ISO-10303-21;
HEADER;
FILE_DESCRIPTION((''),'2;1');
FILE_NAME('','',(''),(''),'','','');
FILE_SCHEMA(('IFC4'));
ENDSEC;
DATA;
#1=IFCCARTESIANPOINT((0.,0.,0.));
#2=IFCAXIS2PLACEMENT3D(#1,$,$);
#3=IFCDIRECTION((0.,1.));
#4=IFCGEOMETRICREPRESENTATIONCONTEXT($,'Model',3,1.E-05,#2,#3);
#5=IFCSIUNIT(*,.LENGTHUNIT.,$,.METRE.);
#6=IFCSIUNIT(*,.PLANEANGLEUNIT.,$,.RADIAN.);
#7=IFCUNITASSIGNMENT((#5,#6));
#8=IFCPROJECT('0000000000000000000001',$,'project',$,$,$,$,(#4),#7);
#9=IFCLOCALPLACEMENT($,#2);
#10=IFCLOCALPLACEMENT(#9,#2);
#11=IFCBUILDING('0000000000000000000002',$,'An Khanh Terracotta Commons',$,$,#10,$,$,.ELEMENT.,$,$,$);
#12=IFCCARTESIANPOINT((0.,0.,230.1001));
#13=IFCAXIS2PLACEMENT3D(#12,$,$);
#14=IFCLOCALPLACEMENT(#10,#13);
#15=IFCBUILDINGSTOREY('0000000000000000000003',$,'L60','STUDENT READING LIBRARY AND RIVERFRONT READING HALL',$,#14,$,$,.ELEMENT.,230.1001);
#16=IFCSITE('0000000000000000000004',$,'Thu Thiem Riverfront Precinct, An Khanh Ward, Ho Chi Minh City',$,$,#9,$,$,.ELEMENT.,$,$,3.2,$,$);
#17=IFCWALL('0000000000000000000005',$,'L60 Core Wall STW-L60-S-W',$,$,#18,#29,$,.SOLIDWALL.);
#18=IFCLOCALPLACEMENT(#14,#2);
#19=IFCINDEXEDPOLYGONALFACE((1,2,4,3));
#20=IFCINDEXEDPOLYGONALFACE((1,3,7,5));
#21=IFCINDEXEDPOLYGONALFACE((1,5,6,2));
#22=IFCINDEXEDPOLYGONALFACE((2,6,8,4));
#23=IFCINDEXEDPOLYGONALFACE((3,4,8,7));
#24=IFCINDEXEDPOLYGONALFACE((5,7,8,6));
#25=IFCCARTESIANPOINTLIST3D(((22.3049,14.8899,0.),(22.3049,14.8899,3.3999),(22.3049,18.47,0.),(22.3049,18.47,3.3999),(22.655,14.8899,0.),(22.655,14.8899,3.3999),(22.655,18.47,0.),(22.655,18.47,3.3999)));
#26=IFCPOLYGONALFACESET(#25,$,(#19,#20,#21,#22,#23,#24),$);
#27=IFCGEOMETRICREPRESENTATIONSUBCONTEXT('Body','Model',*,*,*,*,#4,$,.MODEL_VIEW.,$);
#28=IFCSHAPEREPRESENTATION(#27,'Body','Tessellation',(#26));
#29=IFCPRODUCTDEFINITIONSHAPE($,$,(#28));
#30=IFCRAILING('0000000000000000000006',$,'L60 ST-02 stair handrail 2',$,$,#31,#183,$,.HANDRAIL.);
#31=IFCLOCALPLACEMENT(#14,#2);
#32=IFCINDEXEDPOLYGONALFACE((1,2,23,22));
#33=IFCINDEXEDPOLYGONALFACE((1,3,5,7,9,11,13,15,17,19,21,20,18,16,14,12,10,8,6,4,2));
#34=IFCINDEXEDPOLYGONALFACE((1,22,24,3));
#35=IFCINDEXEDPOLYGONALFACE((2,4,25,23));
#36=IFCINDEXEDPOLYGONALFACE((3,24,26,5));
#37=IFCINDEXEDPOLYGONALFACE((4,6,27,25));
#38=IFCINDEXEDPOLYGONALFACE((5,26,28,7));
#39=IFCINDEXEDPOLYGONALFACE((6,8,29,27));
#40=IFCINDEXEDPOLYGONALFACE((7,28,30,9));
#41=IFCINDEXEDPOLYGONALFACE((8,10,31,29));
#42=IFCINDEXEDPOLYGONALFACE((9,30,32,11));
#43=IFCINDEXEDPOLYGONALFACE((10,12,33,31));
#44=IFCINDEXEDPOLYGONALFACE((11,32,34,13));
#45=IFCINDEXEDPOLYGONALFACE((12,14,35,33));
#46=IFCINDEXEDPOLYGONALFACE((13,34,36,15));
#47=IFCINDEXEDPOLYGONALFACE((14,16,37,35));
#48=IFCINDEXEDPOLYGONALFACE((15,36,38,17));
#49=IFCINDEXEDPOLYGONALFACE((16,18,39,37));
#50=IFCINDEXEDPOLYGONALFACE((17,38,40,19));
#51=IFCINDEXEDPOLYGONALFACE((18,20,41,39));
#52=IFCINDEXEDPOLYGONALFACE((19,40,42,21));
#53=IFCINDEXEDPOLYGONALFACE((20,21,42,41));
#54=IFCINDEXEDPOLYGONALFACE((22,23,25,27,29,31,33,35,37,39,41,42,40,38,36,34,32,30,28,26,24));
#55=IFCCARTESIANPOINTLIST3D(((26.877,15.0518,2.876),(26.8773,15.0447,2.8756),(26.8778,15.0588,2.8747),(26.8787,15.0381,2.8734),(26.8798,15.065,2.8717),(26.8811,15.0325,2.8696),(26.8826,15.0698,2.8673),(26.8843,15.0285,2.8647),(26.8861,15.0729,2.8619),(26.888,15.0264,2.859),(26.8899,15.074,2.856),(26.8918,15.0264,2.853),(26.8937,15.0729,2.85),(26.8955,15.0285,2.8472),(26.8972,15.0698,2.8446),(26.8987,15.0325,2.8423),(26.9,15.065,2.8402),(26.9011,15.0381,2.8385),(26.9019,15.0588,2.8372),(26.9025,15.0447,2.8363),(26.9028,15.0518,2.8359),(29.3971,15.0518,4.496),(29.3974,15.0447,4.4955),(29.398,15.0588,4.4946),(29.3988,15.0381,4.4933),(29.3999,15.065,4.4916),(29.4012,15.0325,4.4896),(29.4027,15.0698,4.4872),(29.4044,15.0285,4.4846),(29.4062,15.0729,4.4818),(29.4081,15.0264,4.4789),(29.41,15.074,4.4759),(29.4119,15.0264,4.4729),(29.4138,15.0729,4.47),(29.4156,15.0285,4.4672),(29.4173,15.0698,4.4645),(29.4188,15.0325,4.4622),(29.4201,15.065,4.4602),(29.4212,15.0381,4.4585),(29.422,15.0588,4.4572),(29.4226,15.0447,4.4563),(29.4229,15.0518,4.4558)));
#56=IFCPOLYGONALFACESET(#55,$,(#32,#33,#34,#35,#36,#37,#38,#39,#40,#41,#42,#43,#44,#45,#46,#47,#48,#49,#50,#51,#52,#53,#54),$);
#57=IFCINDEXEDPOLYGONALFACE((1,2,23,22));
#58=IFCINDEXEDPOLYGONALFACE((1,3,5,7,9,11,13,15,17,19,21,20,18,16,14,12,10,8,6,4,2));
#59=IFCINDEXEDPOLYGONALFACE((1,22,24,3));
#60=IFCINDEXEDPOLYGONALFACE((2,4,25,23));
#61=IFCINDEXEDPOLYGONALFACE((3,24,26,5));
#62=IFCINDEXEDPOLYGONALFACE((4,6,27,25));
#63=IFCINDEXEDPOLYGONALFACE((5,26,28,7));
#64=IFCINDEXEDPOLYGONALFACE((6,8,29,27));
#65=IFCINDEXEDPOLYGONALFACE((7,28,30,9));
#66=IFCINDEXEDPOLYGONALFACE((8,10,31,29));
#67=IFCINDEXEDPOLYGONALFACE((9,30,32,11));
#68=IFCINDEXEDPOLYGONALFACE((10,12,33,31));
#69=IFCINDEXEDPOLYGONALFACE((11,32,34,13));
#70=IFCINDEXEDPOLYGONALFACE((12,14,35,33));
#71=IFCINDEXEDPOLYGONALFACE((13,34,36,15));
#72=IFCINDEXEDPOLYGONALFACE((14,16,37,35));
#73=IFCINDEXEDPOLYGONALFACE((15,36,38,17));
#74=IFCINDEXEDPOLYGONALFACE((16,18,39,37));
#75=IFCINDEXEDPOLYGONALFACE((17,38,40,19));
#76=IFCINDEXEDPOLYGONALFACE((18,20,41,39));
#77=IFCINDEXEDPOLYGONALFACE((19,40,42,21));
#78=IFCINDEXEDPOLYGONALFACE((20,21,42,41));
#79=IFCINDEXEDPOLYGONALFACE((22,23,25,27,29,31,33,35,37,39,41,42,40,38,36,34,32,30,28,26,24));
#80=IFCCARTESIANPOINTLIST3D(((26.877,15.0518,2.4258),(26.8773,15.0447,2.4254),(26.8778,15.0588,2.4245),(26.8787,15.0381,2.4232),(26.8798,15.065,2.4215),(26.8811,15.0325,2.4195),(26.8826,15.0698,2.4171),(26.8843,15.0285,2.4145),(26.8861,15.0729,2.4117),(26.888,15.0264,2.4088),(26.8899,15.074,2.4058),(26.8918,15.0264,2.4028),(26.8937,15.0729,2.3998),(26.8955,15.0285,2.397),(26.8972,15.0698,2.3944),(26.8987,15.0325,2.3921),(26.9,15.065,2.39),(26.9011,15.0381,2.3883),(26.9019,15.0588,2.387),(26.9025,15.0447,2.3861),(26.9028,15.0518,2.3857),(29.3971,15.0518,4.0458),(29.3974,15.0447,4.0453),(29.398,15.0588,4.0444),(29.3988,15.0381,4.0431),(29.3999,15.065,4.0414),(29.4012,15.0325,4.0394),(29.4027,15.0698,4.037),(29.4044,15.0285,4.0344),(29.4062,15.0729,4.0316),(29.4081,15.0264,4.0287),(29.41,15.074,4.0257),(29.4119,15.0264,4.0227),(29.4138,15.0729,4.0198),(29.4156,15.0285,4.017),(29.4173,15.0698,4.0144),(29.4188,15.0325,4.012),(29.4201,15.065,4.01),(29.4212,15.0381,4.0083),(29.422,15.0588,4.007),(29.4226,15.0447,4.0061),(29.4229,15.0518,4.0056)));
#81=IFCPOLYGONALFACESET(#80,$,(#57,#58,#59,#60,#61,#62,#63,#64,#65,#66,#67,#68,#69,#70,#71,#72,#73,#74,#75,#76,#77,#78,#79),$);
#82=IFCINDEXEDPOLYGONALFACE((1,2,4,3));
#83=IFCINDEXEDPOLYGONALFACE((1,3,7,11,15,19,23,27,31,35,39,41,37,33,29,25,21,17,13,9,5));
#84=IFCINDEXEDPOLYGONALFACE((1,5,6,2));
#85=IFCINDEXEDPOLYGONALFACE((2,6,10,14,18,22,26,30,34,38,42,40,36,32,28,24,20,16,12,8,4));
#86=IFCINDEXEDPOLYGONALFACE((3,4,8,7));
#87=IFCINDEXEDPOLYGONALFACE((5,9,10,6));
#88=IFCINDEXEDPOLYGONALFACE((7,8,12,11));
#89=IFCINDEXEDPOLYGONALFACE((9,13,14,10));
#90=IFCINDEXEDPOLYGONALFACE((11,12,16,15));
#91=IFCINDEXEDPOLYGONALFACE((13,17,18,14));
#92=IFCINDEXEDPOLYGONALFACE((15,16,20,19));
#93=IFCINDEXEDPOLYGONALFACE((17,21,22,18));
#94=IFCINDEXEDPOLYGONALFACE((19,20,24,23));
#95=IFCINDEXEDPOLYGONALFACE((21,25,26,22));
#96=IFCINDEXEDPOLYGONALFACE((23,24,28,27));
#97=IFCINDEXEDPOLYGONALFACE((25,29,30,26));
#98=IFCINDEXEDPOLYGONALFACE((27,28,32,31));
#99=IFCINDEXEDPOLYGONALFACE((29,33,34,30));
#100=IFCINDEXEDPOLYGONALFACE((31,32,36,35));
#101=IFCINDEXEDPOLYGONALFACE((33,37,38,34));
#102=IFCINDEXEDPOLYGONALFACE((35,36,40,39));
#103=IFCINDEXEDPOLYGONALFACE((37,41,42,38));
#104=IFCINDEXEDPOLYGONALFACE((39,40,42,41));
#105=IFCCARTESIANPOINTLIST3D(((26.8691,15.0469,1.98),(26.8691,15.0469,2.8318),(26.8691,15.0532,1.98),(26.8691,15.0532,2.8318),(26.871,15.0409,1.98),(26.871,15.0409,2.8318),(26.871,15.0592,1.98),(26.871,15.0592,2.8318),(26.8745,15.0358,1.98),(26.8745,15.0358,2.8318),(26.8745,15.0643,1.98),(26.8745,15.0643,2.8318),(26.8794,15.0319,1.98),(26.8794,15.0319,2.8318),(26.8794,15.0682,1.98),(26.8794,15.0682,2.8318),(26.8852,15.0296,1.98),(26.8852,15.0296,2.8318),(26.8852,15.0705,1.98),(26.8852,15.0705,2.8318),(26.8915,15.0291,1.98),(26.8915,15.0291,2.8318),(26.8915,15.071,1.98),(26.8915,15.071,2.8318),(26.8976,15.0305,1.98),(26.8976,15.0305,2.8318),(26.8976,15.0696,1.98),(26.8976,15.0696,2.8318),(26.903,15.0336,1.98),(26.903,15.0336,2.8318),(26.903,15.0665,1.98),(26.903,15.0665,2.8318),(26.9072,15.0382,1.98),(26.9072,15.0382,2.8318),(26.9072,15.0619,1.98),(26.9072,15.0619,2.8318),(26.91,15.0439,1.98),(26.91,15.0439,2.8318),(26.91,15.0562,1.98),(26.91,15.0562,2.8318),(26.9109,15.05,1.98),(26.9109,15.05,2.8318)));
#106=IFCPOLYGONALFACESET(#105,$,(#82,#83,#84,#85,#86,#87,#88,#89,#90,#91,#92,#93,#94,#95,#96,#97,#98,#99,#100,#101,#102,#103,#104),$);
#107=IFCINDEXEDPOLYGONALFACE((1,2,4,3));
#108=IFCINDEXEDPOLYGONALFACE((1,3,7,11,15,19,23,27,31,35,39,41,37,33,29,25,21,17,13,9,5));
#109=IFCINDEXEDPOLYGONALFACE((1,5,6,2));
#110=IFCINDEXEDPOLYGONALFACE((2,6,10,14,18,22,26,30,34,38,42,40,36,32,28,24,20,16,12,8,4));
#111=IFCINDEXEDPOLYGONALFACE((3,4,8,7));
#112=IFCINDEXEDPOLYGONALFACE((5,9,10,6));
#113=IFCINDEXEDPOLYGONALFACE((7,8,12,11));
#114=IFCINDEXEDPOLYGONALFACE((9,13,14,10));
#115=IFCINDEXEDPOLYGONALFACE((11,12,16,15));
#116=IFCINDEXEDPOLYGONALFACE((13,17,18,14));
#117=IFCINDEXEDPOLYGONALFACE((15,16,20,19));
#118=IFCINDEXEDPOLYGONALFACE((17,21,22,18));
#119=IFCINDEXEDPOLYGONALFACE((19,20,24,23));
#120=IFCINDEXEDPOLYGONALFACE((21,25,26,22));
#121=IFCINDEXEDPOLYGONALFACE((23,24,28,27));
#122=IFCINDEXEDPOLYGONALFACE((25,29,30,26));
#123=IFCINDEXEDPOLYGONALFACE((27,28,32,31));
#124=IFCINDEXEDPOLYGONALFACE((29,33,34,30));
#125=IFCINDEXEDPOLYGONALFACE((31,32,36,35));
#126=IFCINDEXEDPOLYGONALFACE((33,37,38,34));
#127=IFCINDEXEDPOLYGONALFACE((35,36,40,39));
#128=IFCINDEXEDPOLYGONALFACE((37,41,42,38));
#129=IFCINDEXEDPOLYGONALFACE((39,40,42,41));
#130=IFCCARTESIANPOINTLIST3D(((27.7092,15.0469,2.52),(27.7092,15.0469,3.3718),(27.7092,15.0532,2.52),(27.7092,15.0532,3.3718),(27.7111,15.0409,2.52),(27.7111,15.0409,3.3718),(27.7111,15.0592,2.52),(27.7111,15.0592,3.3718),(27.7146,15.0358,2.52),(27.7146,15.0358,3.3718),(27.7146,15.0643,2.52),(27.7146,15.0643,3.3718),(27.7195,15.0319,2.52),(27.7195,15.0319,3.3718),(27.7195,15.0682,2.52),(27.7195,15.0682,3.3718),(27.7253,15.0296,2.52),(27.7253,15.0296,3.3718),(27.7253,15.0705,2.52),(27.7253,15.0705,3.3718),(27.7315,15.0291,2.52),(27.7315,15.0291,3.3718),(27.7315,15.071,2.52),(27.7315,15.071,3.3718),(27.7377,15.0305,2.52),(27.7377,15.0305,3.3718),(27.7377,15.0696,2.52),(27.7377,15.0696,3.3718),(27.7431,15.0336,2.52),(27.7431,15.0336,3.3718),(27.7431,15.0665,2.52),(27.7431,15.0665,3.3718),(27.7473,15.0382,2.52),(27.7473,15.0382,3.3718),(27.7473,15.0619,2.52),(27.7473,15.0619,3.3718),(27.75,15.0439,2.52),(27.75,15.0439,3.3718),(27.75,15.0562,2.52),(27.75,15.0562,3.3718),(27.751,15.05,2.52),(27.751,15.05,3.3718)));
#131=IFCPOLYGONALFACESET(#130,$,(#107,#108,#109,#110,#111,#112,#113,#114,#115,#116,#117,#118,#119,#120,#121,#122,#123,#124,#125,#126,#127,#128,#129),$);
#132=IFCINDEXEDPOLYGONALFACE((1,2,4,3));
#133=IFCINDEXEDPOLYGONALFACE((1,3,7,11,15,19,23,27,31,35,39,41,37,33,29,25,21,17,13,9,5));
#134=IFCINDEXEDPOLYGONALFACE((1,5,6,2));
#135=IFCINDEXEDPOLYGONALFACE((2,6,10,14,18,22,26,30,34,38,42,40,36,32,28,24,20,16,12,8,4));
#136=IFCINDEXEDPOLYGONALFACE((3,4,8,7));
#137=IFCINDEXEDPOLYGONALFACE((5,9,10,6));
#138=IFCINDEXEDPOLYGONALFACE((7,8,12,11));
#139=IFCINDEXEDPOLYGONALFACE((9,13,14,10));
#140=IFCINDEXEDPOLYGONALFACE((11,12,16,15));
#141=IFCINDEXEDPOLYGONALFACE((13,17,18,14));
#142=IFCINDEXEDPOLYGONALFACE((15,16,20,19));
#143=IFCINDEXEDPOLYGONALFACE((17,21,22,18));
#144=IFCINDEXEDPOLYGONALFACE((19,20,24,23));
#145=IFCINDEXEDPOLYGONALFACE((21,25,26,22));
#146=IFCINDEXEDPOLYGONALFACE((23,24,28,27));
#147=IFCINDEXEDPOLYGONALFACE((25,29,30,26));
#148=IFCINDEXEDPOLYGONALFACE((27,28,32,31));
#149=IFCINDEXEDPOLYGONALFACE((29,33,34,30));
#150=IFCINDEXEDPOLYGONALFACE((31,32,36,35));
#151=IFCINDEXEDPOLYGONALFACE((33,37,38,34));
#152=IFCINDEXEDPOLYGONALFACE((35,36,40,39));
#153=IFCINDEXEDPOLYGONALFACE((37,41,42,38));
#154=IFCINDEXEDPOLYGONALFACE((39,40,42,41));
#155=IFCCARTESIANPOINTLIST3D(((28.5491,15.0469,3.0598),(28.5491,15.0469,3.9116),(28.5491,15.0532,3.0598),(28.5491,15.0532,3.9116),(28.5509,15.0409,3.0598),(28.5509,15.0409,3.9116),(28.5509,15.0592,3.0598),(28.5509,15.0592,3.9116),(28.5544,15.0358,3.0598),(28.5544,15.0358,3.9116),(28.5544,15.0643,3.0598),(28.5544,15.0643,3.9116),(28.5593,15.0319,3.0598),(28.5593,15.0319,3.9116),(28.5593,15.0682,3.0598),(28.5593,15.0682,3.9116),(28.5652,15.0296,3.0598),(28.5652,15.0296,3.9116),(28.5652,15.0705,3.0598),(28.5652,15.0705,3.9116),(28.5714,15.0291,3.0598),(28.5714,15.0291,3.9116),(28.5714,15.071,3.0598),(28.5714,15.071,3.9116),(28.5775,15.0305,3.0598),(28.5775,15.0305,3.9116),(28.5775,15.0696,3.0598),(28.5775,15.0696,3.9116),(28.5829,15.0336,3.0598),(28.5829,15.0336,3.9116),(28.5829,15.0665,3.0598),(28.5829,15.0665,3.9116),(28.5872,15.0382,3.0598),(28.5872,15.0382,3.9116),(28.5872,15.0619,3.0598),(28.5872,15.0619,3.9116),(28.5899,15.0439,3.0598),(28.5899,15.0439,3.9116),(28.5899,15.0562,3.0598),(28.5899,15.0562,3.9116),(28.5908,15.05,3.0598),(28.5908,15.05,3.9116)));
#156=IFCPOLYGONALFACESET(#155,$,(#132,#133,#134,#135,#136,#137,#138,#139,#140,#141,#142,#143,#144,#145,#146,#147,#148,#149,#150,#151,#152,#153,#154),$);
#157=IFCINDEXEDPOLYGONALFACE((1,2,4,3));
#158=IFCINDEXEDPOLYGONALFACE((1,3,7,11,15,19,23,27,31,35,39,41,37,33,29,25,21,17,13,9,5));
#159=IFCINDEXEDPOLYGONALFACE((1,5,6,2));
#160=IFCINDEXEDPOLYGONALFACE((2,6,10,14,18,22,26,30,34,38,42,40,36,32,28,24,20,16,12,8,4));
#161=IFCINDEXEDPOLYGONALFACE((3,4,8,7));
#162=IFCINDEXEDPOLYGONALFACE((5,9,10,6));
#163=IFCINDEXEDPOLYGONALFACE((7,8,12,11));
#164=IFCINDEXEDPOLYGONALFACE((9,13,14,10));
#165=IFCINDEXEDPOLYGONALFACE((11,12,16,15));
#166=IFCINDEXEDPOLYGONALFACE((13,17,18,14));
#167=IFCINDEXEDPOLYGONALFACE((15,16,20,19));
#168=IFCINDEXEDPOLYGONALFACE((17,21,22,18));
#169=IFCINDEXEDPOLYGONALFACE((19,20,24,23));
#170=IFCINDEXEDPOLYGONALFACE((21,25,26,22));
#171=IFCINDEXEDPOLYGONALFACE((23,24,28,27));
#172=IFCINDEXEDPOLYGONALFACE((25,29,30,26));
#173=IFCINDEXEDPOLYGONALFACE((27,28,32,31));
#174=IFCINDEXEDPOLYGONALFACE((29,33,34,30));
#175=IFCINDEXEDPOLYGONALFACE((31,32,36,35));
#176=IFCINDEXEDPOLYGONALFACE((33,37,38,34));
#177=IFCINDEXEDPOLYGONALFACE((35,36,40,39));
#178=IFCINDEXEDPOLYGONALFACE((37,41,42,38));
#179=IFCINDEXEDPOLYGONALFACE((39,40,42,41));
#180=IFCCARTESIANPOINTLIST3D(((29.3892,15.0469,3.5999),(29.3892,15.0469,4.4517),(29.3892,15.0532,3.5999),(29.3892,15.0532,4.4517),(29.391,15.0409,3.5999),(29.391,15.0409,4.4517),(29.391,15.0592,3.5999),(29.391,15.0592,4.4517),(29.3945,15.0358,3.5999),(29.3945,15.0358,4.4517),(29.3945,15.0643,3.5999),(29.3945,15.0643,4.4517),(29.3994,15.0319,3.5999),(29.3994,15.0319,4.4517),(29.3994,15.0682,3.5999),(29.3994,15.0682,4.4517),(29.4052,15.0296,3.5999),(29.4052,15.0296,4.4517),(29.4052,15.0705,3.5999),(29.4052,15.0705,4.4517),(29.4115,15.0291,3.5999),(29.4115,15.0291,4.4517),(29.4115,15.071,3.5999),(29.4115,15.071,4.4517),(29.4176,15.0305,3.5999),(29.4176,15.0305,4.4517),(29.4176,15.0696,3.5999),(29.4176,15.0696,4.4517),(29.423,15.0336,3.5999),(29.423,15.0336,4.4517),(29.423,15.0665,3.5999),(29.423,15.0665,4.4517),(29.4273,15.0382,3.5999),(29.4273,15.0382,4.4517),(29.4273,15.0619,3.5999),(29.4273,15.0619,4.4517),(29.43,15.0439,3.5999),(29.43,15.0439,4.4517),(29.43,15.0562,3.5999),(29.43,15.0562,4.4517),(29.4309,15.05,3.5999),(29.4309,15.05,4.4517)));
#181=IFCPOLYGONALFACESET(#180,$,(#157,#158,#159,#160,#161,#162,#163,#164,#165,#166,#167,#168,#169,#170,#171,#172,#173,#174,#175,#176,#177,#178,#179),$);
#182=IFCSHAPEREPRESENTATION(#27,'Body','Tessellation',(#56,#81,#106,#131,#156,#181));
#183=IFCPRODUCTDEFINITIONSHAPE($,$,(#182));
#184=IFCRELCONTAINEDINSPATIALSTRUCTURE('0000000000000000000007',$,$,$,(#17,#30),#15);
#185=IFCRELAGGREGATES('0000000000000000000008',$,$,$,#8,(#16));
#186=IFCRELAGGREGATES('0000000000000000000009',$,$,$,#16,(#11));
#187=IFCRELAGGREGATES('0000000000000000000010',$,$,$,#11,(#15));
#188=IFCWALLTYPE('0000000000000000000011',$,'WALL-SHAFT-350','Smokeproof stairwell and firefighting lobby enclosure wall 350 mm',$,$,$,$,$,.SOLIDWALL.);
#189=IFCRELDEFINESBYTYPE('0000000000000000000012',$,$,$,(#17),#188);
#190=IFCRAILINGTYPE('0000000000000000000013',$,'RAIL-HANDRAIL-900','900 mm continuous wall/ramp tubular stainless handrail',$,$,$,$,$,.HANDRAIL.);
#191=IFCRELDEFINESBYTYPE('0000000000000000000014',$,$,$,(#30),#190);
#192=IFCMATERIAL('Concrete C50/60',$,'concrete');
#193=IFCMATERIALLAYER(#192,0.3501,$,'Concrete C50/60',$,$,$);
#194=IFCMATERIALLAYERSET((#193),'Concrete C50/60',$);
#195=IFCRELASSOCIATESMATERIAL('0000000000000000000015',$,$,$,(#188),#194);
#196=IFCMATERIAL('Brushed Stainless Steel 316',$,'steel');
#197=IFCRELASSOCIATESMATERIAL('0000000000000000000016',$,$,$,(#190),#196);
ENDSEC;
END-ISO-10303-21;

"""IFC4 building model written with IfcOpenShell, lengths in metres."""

from ifc_helpers import new_model, si_unit, direction, frame, frame_2d, origin, origin_2d, place, context, subcontext, project, spatial, rectangle, circle, extrude, material, layer, layer_set, type_object, element, save


model = new_model("IFC4")

# Units and contexts
model_context = context("Model", 3, precision=1e-05, world=origin(), true_north=direction((0.0, 1.0)))
body_context = subcontext(model_context, "Body", "Model", "MODEL_VIEW")
ifc_project = project(units=[si_unit("LENGTHUNIT", "METRE"), si_unit("PLANEANGLEUNIT", "RADIAN")], contexts=[model_context])

# Site, building, storey
site_placement = place(None, origin())
site = spatial("IfcSite", under=ifc_project, at=site_placement, Name="Thu Thiem Riverfront Precinct, An Khanh Ward, Ho Chi Minh City", CompositionType="ELEMENT", RefElevation=3.2)
building_placement = place(site_placement, origin())
building = spatial("IfcBuilding", under=site, at=building_placement, Name="An Khanh Terracotta Commons", CompositionType="ELEMENT")
storey_placement = place(building_placement, frame((0.0, 0.0, 230.1001)))
storey = spatial("IfcBuildingStorey", under=building, at=storey_placement, Name="L60", Description="STUDENT READING LIBRARY AND RIVERFRONT READING HALL", CompositionType="ELEMENT", Elevation=230.1001)

# Shared definitions
ifc_material_1 = material(Name="Concrete C50/60", Category="concrete")

# Wall
ifc_layer_1 = layer(ifc_material_1, 0.3501, Name="Concrete C50/60")
ifc_layer_set_1 = layer_set([ifc_layer_1], Name="Concrete C50/60")
wall_type_1 = type_object("IfcWallType", Name="WALL-SHAFT-350", Description="Smokeproof stairwell and firefighting lobby enclosure wall 350 mm", PredefinedType="SOLIDWALL", material=ifc_layer_set_1)
wall_1_placement = place(storey_placement, frame((22.48, 14.8899, 0.0), z_axis=(0.0, 0.0, 1.0), x_axis=(0.0, 1.0, 0.0)))
element("IfcWall", 1, at=wall_1_placement, inside=storey, type_object=wall_type_1, Name="L60 Core Wall STW-L60-S-W", PredefinedType="SOLIDWALL", context=body_context, shape_type="SweptSolid", body=[
    extrude(rectangle(XDim=3.5801, YDim=0.3501, at=frame_2d((1.79, 0.0))), origin(), (0.0, 0.0, 1.0), 3.3999),
])

# Railing
ifc_material_2 = material(Name="Brushed Stainless Steel 316", Category="steel")
railing_type_1 = type_object("IfcRailingType", Name="RAIL-HANDRAIL-900", Description="900 mm continuous wall/ramp tubular stainless handrail", PredefinedType="HANDRAIL", material=ifc_material_2)
railing_1_placement = place(storey_placement, frame((26.8899, 15.05, 1.98)))
element("IfcRailing", 2, at=railing_1_placement, inside=storey, type_object=railing_type_1, Name="L60 ST-02 stair handrail 2", PredefinedType="HANDRAIL", context=body_context, shape_type="SweptSolid", body=[
    extrude(circle(Radius=0.0239, at=origin_2d()), frame((0.0, 0.0, 0.876), z_axis=(0.8412, 0.0, 0.540725), x_axis=(0.0, 1.0, 0.0)), (0.0, 0.0, 1.0), 2.9958),
    extrude(circle(Radius=0.0239, at=origin_2d()), frame((0.0, 0.0, 0.4258), z_axis=(0.8412, 0.0, 0.540725), x_axis=(0.0, 1.0, 0.0)), (0.0, 0.0, 1.0), 2.9958),
    extrude(circle(Radius=0.021, at=origin_2d()), origin(), (0.0, 0.0, 1.0), 0.8518),
    extrude(circle(Radius=0.021, at=origin_2d()), frame((0.8401, 0.0, 0.54)), (0.0, 0.0, 1.0), 0.8518),
    extrude(circle(Radius=0.021, at=origin_2d()), frame((1.6799, 0.0, 1.0798)), (0.0, 0.0, 1.0), 0.8518),
    extrude(circle(Radius=0.021, at=origin_2d()), frame((2.52, 0.0, 1.6199)), (0.0, 0.0, 1.0), 0.8518),
])

save(model, "model.ifc")
